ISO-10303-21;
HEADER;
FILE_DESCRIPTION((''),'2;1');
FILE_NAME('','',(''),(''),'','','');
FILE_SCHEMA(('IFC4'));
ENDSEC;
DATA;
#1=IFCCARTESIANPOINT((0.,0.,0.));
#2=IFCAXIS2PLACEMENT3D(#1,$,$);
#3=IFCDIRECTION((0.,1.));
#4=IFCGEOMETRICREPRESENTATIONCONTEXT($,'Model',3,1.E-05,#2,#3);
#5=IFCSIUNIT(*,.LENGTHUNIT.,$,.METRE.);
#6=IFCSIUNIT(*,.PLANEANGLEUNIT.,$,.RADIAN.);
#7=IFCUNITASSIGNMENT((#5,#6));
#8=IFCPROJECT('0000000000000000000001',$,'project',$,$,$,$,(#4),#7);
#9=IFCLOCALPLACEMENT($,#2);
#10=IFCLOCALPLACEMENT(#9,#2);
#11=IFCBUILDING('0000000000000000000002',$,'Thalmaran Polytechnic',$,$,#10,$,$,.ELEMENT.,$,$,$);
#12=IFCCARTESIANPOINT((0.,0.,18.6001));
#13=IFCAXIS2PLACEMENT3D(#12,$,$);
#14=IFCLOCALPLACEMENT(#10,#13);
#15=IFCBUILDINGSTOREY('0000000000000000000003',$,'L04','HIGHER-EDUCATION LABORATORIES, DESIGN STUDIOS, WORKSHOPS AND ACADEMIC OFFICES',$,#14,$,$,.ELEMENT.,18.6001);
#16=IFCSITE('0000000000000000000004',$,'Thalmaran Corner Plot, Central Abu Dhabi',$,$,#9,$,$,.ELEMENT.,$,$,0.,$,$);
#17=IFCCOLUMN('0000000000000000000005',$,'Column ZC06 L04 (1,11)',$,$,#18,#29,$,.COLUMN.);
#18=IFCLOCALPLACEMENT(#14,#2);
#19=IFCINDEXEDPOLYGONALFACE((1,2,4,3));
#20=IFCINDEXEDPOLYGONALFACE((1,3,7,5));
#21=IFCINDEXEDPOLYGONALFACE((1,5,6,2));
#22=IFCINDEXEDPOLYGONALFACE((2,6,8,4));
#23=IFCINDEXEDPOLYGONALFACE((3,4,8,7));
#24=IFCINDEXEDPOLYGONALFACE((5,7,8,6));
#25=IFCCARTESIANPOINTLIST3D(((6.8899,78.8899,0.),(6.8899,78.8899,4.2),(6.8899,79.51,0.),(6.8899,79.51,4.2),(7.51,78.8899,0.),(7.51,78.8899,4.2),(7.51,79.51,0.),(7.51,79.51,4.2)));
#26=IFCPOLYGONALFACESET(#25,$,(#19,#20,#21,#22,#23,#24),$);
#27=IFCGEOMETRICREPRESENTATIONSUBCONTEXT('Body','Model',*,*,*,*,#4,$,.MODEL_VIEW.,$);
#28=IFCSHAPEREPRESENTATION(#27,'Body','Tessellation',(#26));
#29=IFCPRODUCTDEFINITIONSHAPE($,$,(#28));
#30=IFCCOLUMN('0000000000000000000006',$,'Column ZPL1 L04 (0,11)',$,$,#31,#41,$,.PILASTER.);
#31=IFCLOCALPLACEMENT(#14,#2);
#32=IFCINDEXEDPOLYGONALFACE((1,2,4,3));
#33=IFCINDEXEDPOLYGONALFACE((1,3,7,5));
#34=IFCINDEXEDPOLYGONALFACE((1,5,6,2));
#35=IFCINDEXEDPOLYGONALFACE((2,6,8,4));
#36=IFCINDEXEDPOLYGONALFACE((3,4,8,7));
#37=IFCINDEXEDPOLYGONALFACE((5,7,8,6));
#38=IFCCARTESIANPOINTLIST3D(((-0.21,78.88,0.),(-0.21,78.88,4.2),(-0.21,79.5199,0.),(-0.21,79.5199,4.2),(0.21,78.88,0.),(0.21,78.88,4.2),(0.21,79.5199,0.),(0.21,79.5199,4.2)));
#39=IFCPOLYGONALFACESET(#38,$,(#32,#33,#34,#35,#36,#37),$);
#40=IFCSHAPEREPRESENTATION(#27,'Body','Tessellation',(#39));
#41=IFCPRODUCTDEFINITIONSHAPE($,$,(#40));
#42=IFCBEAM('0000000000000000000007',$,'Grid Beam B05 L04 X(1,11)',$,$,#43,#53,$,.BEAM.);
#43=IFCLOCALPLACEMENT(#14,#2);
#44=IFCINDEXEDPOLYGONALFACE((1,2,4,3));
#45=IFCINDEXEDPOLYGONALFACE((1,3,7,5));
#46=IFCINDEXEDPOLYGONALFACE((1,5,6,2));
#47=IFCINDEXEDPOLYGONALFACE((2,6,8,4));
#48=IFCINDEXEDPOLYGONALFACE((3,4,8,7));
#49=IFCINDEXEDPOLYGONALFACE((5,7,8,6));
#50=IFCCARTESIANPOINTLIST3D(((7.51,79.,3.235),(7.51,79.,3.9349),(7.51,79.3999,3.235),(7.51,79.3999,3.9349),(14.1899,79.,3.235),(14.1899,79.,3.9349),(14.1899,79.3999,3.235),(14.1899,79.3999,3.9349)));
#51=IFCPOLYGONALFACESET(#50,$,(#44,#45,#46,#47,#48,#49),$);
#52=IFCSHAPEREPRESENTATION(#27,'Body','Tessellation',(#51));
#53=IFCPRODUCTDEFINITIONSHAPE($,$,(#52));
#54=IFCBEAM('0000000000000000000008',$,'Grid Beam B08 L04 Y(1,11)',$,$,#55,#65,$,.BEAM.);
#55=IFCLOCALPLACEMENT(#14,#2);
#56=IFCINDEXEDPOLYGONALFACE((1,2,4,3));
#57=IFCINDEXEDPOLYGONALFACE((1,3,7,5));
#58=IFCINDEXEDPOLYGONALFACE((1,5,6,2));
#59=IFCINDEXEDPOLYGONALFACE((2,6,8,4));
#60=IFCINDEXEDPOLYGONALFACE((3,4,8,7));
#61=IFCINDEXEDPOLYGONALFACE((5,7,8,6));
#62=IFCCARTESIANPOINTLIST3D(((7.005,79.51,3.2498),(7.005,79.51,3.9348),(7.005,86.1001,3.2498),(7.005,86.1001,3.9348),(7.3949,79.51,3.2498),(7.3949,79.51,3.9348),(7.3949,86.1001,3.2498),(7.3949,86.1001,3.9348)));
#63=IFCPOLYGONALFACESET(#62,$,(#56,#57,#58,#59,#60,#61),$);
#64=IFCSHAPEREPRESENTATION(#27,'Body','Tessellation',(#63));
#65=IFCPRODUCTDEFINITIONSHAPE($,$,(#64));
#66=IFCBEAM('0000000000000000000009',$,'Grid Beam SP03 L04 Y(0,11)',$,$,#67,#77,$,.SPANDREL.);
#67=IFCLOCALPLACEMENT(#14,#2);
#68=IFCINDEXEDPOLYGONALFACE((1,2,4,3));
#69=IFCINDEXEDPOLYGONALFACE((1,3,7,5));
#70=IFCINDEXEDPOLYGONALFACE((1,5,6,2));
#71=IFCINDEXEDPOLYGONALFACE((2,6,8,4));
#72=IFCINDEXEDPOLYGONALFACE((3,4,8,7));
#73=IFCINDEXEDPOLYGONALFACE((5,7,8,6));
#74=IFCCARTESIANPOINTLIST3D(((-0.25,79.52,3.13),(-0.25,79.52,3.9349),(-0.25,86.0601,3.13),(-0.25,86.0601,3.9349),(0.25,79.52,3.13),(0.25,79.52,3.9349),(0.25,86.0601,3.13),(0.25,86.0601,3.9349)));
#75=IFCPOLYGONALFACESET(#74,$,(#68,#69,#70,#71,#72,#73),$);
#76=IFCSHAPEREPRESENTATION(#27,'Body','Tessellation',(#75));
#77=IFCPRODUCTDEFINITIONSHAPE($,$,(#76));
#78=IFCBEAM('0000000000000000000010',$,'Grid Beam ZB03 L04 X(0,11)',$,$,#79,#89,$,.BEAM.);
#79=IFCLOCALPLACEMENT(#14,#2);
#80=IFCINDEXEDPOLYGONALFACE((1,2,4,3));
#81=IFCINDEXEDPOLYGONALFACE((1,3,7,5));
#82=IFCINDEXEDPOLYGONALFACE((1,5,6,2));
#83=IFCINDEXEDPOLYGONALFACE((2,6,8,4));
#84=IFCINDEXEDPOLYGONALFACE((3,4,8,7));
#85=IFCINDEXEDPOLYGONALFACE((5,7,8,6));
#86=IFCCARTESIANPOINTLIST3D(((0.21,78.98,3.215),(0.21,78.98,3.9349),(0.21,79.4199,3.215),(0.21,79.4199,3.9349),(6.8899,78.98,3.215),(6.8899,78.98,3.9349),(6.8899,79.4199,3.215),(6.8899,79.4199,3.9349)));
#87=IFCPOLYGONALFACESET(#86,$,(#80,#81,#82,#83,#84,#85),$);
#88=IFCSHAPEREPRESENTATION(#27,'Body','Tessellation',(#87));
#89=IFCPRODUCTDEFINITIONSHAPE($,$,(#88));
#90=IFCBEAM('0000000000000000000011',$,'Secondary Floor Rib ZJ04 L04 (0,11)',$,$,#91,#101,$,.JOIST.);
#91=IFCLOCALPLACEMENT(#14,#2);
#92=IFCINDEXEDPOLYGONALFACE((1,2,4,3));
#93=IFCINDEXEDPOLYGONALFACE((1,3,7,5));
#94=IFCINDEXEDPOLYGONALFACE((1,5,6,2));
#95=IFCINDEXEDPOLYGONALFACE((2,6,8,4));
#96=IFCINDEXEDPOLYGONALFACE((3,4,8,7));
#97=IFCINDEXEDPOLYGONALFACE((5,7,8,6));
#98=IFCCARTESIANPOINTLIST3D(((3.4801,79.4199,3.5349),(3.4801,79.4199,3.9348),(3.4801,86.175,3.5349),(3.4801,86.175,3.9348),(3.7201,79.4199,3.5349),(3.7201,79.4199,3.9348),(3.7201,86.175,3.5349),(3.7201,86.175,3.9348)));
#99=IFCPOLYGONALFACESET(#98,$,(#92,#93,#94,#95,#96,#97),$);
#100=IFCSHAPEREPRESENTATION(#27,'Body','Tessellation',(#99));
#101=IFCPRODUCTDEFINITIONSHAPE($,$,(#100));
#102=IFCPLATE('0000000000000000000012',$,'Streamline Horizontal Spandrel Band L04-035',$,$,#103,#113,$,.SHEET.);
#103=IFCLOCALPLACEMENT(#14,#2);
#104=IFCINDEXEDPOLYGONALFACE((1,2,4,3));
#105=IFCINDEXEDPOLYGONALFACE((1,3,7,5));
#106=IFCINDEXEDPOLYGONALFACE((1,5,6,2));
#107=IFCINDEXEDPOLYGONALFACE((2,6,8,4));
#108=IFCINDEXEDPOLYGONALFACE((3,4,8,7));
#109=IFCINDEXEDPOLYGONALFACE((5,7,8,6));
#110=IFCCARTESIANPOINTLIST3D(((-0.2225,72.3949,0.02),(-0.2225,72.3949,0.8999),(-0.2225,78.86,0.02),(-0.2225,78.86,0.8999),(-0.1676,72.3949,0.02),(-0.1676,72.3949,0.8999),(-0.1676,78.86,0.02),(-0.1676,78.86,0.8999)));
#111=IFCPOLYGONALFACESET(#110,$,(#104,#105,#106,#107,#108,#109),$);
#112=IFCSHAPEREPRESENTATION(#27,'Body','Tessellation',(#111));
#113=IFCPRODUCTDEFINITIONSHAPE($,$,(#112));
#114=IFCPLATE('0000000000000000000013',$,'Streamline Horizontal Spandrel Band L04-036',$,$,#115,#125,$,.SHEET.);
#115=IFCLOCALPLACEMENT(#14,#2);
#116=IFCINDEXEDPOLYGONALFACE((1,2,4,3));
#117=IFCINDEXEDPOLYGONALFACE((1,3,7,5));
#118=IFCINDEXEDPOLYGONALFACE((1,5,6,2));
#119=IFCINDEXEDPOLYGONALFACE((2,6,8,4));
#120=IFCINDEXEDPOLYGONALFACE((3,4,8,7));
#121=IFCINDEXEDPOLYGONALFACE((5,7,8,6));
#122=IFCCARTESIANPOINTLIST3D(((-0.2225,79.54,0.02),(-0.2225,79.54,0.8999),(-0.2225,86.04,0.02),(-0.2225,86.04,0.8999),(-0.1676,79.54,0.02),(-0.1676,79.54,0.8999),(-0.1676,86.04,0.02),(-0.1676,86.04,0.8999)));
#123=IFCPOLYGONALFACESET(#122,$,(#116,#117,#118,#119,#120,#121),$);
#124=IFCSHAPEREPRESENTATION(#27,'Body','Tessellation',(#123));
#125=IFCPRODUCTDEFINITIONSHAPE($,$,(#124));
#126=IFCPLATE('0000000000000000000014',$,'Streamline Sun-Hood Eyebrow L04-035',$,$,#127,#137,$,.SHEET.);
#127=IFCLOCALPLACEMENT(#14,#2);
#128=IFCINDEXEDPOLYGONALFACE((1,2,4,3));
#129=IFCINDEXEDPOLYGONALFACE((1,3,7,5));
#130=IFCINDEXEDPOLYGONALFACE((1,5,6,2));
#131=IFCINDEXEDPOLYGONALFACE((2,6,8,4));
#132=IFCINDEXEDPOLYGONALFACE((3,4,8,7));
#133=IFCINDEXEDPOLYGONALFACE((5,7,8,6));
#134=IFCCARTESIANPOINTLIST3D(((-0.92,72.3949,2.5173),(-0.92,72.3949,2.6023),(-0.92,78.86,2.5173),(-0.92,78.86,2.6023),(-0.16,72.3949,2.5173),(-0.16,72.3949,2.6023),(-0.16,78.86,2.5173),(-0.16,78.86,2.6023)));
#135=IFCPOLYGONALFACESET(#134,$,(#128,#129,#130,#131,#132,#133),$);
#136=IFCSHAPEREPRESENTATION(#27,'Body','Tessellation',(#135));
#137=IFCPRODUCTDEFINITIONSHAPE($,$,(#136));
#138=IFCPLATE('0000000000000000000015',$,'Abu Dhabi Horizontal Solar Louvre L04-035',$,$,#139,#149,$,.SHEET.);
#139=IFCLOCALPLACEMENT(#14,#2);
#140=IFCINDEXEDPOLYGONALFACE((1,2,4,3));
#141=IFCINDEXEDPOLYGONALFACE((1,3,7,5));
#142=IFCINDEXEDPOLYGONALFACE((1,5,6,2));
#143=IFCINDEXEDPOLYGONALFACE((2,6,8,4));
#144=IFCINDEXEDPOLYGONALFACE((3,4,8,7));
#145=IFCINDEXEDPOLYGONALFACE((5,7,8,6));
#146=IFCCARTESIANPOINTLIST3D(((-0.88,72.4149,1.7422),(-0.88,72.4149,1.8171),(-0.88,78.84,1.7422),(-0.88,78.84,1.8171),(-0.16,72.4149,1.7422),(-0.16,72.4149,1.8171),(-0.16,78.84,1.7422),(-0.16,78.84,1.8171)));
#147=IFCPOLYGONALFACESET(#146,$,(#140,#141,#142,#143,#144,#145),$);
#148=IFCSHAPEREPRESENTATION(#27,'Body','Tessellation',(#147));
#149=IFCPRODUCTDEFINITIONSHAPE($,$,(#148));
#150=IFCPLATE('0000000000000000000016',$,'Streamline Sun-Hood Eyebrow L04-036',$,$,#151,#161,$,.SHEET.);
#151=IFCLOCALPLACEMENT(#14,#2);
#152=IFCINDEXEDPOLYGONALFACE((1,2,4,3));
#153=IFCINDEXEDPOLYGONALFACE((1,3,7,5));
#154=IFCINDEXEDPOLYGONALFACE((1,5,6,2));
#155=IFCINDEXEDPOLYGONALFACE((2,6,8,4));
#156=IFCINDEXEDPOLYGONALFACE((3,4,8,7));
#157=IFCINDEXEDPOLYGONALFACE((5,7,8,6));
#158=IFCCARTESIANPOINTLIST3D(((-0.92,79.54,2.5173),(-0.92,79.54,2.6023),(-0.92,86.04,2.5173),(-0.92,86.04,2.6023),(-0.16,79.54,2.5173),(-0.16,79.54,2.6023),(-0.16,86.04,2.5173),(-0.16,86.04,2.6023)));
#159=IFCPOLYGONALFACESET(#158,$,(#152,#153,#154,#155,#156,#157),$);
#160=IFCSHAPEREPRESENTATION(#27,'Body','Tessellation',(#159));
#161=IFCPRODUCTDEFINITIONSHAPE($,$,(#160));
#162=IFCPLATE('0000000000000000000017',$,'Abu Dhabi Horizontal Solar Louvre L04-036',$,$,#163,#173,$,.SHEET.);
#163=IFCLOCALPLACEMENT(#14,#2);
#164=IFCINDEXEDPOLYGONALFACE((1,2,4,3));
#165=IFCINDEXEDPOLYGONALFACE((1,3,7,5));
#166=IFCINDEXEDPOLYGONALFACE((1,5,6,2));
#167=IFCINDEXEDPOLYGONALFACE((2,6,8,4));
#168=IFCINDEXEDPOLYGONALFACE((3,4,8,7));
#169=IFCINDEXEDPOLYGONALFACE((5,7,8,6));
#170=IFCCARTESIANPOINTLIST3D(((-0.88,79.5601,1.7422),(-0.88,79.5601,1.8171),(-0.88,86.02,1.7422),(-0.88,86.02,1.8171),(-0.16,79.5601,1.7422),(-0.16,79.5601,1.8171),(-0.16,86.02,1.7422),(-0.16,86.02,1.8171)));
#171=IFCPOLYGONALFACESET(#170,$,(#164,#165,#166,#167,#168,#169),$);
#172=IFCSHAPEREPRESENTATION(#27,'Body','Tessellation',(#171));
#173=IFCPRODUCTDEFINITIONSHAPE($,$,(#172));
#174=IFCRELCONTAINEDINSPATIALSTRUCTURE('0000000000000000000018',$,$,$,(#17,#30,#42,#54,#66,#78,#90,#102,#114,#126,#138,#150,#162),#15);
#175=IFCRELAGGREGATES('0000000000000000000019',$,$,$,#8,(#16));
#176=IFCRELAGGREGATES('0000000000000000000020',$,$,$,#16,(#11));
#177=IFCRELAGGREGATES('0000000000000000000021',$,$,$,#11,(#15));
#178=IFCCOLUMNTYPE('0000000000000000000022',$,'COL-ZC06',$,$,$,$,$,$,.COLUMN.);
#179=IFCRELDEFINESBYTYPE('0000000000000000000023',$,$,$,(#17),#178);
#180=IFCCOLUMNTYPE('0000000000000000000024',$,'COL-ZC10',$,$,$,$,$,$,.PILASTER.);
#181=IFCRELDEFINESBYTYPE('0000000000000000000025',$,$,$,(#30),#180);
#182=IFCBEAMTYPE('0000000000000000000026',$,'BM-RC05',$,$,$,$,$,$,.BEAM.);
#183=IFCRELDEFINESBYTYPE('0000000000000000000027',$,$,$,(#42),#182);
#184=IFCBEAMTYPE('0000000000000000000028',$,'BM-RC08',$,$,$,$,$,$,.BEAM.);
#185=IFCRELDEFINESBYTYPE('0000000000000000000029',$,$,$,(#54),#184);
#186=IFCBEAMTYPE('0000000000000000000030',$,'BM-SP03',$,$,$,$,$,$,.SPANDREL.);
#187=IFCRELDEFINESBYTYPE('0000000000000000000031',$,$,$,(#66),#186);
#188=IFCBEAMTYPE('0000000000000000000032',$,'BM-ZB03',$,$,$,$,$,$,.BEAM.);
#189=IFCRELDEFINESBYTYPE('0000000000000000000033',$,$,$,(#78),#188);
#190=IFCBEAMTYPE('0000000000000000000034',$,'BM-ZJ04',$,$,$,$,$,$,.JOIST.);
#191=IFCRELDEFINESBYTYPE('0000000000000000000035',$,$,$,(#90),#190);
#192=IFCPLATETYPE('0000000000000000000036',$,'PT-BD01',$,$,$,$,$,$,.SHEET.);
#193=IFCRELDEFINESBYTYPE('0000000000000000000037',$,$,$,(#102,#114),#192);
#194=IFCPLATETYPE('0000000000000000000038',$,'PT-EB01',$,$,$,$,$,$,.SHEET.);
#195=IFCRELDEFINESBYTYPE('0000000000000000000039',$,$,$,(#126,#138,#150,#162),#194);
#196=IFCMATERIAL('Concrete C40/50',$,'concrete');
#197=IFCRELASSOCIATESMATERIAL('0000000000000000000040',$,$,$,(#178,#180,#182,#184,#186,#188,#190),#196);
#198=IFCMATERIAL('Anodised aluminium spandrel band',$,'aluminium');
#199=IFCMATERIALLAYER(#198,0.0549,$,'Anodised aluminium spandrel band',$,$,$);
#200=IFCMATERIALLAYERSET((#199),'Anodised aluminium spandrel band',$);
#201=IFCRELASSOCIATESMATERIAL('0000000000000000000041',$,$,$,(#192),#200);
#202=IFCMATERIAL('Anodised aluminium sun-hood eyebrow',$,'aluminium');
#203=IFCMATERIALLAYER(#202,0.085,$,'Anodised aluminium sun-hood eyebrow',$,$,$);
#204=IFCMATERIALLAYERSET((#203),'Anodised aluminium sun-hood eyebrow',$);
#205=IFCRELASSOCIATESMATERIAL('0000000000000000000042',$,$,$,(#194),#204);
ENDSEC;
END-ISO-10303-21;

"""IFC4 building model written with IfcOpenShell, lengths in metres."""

from ifc_helpers import new_model, si_unit, direction, frame, origin, origin_2d, place, context, subcontext, project, spatial, rectangle, extrude, material, layer, layer_set, material_profile, profile_set, type_object, element, save


model = new_model("IFC4")

# Units and contexts
model_context = context("Model", 3, precision=1e-05, world=origin(), true_north=direction((0.0, 1.0)))
body_context = subcontext(model_context, "Body", "Model", "MODEL_VIEW")
ifc_project = project(units=[si_unit("LENGTHUNIT", "METRE"), si_unit("PLANEANGLEUNIT", "RADIAN")], contexts=[model_context])

# Site, building, storey
site_placement = place(None, origin())
site = spatial("IfcSite", under=ifc_project, at=site_placement, Name="Thalmaran Corner Plot, Central Abu Dhabi", CompositionType="ELEMENT", RefElevation=0.0)
building_placement = place(site_placement, origin())
building = spatial("IfcBuilding", under=site, at=building_placement, Name="Thalmaran Polytechnic", CompositionType="ELEMENT")
storey_placement = place(building_placement, frame((0.0, 0.0, 18.6001)))
storey = spatial("IfcBuildingStorey", under=building, at=storey_placement, Name="L04", Description="HIGHER-EDUCATION LABORATORIES, DESIGN STUDIOS, WORKSHOPS AND ACADEMIC OFFICES", CompositionType="ELEMENT", Elevation=18.6001)

# Columns
ifc_material_1 = material(Name="Concrete C40/50", Category="concrete")
ifc_material_profile_1 = material_profile(ifc_material_1, rectangle(XDim=0.6201, YDim=0.6201, at=origin_2d()), Name="RC 620x620")
ifc_profile_set_1 = profile_set([ifc_material_profile_1], Name="Concrete C40/50")
column_type_1 = type_object("IfcColumnType", Name="COL-ZC06", PredefinedType="COLUMN", material=ifc_profile_set_1)
column_1_placement = place(storey_placement, frame((7.2, 79.2, 0.0), z_axis=(0.0, 0.0, 1.0), x_axis=(1.0, 0.0, 0.0)))
element("IfcColumn", 1, at=column_1_placement, inside=storey, type_object=column_type_1, Name="Column ZC06 L04 (1,11)", PredefinedType="COLUMN", context=body_context, shape_type="SweptSolid", body=[
    extrude(rectangle(XDim=0.6201, YDim=0.6201, at=origin_2d()), origin(), (0.0, 0.0, 1.0), 4.2),
])
ifc_material_profile_2 = material_profile(ifc_material_1, rectangle(XDim=0.4199, YDim=0.6399, at=origin_2d()), Name="RC 420x640")
ifc_profile_set_2 = profile_set([ifc_material_profile_2], Name="Concrete C40/50")
column_type_2 = type_object("IfcColumnType", Name="COL-ZC10", PredefinedType="PILASTER", material=ifc_profile_set_2)
column_2_placement = place(storey_placement, frame((0.0, 79.2, 0.0), z_axis=(0.0, 0.0, 1.0), x_axis=(1.0, 0.0, 0.0)))
element("IfcColumn", 2, at=column_2_placement, inside=storey, type_object=column_type_2, Name="Column ZPL1 L04 (0,11)", PredefinedType="PILASTER", context=body_context, shape_type="SweptSolid", body=[
    extrude(rectangle(XDim=0.4199, YDim=0.6399, at=origin_2d()), origin(), (0.0, 0.0, 1.0), 4.2),
])

# Beams
ifc_material_profile_3 = material_profile(ifc_material_1, rectangle(XDim=0.3999, YDim=0.7, at=origin_2d()), Name="RC 400x700")
ifc_profile_set_3 = profile_set([ifc_material_profile_3], Name="Concrete C40/50")
beam_type_1 = type_object("IfcBeamType", Name="BM-RC05", PredefinedType="BEAM", material=ifc_profile_set_3)
beam_1_placement = place(storey_placement, frame((7.51, 79.2, 3.585), z_axis=(1.0, 0.0, 0.0), x_axis=(0.0, 1.0, 0.0)))
element("IfcBeam", 3, at=beam_1_placement, inside=storey, type_object=beam_type_1, Name="Grid Beam B05 L04 X(1,11)", PredefinedType="BEAM", context=body_context, shape_type="SweptSolid", body=[
    extrude(rectangle(XDim=0.3999, YDim=0.7, at=origin_2d()), origin(), (0.0, 0.0, 1.0), 6.6799),
])
ifc_material_profile_4 = material_profile(ifc_material_1, rectangle(XDim=0.3899, YDim=0.6851, at=origin_2d()), Name="RC 390x685")
ifc_profile_set_4 = profile_set([ifc_material_profile_4], Name="Concrete C40/50")
beam_type_2 = type_object("IfcBeamType", Name="BM-RC08", PredefinedType="BEAM", material=ifc_profile_set_4)
beam_2_placement = place(storey_placement, frame((7.2, 79.51, 3.5923), z_axis=(0.0, 1.0, 0.0), x_axis=(-1.0, 0.0, 0.0)))
element("IfcBeam", 4, at=beam_2_placement, inside=storey, type_object=beam_type_2, Name="Grid Beam B08 L04 Y(1,11)", PredefinedType="BEAM", context=body_context, shape_type="SweptSolid", body=[
    extrude(rectangle(XDim=0.3899, YDim=0.6851, at=origin_2d()), origin(), (0.0, 0.0, 1.0), 6.5901),
])
ifc_material_profile_5 = material_profile(ifc_material_1, rectangle(XDim=0.5, YDim=0.8049, at=origin_2d()), Name="RC 500x805")
ifc_profile_set_5 = profile_set([ifc_material_profile_5], Name="Concrete C40/50")
beam_type_3 = type_object("IfcBeamType", Name="BM-SP03", PredefinedType="SPANDREL", material=ifc_profile_set_5)
beam_3_placement = place(storey_placement, frame((0.0, 79.52, 3.5325), z_axis=(0.0, 1.0, 0.0), x_axis=(-1.0, 0.0, 0.0)))
element("IfcBeam", 5, at=beam_3_placement, inside=storey, type_object=beam_type_3, Name="Grid Beam SP03 L04 Y(0,11)", PredefinedType="SPANDREL", context=body_context, shape_type="SweptSolid", body=[
    extrude(rectangle(XDim=0.5, YDim=0.8049, at=origin_2d()), origin(), (0.0, 0.0, 1.0), 6.54),
])
ifc_material_profile_6 = material_profile(ifc_material_1, rectangle(XDim=0.4399, YDim=0.72, at=origin_2d()), Name="RC 440x720")
ifc_profile_set_6 = profile_set([ifc_material_profile_6], Name="Concrete C40/50")
beam_type_4 = type_object("IfcBeamType", Name="BM-ZB03", PredefinedType="BEAM", material=ifc_profile_set_6)
beam_4_placement = place(storey_placement, frame((0.21, 79.2, 3.575), z_axis=(1.0, 0.0, 0.0), x_axis=(0.0, 1.0, 0.0)))
element("IfcBeam", 6, at=beam_4_placement, inside=storey, type_object=beam_type_4, Name="Grid Beam ZB03 L04 X(0,11)", PredefinedType="BEAM", context=body_context, shape_type="SweptSolid", body=[
    extrude(rectangle(XDim=0.4399, YDim=0.72, at=origin_2d()), origin(), (0.0, 0.0, 1.0), 6.6799),
])
ifc_material_profile_7 = material_profile(ifc_material_1, rectangle(XDim=0.24, YDim=0.3999, at=origin_2d()), Name="RC 240x400")
ifc_profile_set_7 = profile_set([ifc_material_profile_7], Name="Concrete C40/50")
beam_type_5 = type_object("IfcBeamType", Name="BM-ZJ04", PredefinedType="JOIST", material=ifc_profile_set_7)
beam_5_placement = place(storey_placement, frame((3.6001, 79.4199, 3.7349), z_axis=(0.0, 1.0, 0.0), x_axis=(-1.0, 0.0, 0.0)))
element("IfcBeam", 7, at=beam_5_placement, inside=storey, type_object=beam_type_5, Name="Secondary Floor Rib ZJ04 L04 (0,11)", PredefinedType="JOIST", context=body_context, shape_type="SweptSolid", body=[
    extrude(rectangle(XDim=0.24, YDim=0.3999, at=origin_2d()), origin(), (0.0, 0.0, 1.0), 6.7551),
])

# Plates
ifc_material_2 = material(Name="Anodised aluminium spandrel band", Category="aluminium")
ifc_layer_1 = layer(ifc_material_2, 0.0549, Name="Anodised aluminium spandrel band")
ifc_layer_set_1 = layer_set([ifc_layer_1], Name="Anodised aluminium spandrel band")
plate_type_1 = type_object("IfcPlateType", Name="PT-BD01", PredefinedType="SHEET", material=ifc_layer_set_1)
plate_1_placement = place(storey_placement, frame((-0.1951, 75.6274, 0.02), z_axis=(0.0, 0.0, 1.0), x_axis=(0.0, 1.0, 0.0)))
element("IfcPlate", 8, at=plate_1_placement, inside=storey, type_object=plate_type_1, Name="Streamline Horizontal Spandrel Band L04-035", PredefinedType="SHEET", context=body_context, shape_type="SweptSolid", body=[
    extrude(rectangle(XDim=6.4651, YDim=0.0549, at=origin_2d()), origin(), (0.0, 0.0, 1.0), 0.8799),
])
plate_2_placement = place(storey_placement, frame((-0.1951, 82.79, 0.02), z_axis=(0.0, 0.0, 1.0), x_axis=(0.0, 1.0, 0.0)))
element("IfcPlate", 9, at=plate_2_placement, inside=storey, type_object=plate_type_1, Name="Streamline Horizontal Spandrel Band L04-036", PredefinedType="SHEET", context=body_context, shape_type="SweptSolid", body=[
    extrude(rectangle(XDim=6.5, YDim=0.0549, at=origin_2d()), origin(), (0.0, 0.0, 1.0), 0.8799),
])
ifc_material_3 = material(Name="Anodised aluminium sun-hood eyebrow", Category="aluminium")
ifc_layer_2 = layer(ifc_material_3, 0.085, Name="Anodised aluminium sun-hood eyebrow")
ifc_layer_set_2 = layer_set([ifc_layer_2], Name="Anodised aluminium sun-hood eyebrow")
plate_type_2 = type_object("IfcPlateType", Name="PT-EB01", PredefinedType="SHEET", material=ifc_layer_set_2)
plate_3_placement = place(storey_placement, frame((-0.54, 75.6274, 2.5173), z_axis=(0.0, 0.0, 1.0), x_axis=(0.0, 1.0, 0.0)))
element("IfcPlate", 10, at=plate_3_placement, inside=storey, type_object=plate_type_2, Name="Streamline Sun-Hood Eyebrow L04-035", PredefinedType="SHEET", context=body_context, shape_type="SweptSolid", body=[
    extrude(rectangle(XDim=6.4651, YDim=0.76, at=origin_2d()), origin(), (0.0, 0.0, 1.0), 0.085),
])
plate_4_placement = place(storey_placement, frame((-0.52, 75.6274, 1.7422), z_axis=(0.0, 0.0, 1.0), x_axis=(0.0, 1.0, 0.0)))
element("IfcPlate", 11, at=plate_4_placement, inside=storey, type_object=plate_type_2, Name="Abu Dhabi Horizontal Solar Louvre L04-035", PredefinedType="SHEET", context=body_context, shape_type="SweptSolid", body=[
    extrude(rectangle(XDim=6.425, YDim=0.72, at=origin_2d()), origin(), (0.0, 0.0, 1.0), 0.075),
])
plate_5_placement = place(storey_placement, frame((-0.54, 82.79, 2.5173), z_axis=(0.0, 0.0, 1.0), x_axis=(0.0, 1.0, 0.0)))
element("IfcPlate", 12, at=plate_5_placement, inside=storey, type_object=plate_type_2, Name="Streamline Sun-Hood Eyebrow L04-036", PredefinedType="SHEET", context=body_context, shape_type="SweptSolid", body=[
    extrude(rectangle(XDim=6.5, YDim=0.76, at=origin_2d()), origin(), (0.0, 0.0, 1.0), 0.085),
])
plate_6_placement = place(storey_placement, frame((-0.52, 82.79, 1.7422), z_axis=(0.0, 0.0, 1.0), x_axis=(0.0, 1.0, 0.0)))
element("IfcPlate", 13, at=plate_6_placement, inside=storey, type_object=plate_type_2, Name="Abu Dhabi Horizontal Solar Louvre L04-036", PredefinedType="SHEET", context=body_context, shape_type="SweptSolid", body=[
    extrude(rectangle(XDim=6.46, YDim=0.72, at=origin_2d()), origin(), (0.0, 0.0, 1.0), 0.075),
])

save(model, "model.ifc")
